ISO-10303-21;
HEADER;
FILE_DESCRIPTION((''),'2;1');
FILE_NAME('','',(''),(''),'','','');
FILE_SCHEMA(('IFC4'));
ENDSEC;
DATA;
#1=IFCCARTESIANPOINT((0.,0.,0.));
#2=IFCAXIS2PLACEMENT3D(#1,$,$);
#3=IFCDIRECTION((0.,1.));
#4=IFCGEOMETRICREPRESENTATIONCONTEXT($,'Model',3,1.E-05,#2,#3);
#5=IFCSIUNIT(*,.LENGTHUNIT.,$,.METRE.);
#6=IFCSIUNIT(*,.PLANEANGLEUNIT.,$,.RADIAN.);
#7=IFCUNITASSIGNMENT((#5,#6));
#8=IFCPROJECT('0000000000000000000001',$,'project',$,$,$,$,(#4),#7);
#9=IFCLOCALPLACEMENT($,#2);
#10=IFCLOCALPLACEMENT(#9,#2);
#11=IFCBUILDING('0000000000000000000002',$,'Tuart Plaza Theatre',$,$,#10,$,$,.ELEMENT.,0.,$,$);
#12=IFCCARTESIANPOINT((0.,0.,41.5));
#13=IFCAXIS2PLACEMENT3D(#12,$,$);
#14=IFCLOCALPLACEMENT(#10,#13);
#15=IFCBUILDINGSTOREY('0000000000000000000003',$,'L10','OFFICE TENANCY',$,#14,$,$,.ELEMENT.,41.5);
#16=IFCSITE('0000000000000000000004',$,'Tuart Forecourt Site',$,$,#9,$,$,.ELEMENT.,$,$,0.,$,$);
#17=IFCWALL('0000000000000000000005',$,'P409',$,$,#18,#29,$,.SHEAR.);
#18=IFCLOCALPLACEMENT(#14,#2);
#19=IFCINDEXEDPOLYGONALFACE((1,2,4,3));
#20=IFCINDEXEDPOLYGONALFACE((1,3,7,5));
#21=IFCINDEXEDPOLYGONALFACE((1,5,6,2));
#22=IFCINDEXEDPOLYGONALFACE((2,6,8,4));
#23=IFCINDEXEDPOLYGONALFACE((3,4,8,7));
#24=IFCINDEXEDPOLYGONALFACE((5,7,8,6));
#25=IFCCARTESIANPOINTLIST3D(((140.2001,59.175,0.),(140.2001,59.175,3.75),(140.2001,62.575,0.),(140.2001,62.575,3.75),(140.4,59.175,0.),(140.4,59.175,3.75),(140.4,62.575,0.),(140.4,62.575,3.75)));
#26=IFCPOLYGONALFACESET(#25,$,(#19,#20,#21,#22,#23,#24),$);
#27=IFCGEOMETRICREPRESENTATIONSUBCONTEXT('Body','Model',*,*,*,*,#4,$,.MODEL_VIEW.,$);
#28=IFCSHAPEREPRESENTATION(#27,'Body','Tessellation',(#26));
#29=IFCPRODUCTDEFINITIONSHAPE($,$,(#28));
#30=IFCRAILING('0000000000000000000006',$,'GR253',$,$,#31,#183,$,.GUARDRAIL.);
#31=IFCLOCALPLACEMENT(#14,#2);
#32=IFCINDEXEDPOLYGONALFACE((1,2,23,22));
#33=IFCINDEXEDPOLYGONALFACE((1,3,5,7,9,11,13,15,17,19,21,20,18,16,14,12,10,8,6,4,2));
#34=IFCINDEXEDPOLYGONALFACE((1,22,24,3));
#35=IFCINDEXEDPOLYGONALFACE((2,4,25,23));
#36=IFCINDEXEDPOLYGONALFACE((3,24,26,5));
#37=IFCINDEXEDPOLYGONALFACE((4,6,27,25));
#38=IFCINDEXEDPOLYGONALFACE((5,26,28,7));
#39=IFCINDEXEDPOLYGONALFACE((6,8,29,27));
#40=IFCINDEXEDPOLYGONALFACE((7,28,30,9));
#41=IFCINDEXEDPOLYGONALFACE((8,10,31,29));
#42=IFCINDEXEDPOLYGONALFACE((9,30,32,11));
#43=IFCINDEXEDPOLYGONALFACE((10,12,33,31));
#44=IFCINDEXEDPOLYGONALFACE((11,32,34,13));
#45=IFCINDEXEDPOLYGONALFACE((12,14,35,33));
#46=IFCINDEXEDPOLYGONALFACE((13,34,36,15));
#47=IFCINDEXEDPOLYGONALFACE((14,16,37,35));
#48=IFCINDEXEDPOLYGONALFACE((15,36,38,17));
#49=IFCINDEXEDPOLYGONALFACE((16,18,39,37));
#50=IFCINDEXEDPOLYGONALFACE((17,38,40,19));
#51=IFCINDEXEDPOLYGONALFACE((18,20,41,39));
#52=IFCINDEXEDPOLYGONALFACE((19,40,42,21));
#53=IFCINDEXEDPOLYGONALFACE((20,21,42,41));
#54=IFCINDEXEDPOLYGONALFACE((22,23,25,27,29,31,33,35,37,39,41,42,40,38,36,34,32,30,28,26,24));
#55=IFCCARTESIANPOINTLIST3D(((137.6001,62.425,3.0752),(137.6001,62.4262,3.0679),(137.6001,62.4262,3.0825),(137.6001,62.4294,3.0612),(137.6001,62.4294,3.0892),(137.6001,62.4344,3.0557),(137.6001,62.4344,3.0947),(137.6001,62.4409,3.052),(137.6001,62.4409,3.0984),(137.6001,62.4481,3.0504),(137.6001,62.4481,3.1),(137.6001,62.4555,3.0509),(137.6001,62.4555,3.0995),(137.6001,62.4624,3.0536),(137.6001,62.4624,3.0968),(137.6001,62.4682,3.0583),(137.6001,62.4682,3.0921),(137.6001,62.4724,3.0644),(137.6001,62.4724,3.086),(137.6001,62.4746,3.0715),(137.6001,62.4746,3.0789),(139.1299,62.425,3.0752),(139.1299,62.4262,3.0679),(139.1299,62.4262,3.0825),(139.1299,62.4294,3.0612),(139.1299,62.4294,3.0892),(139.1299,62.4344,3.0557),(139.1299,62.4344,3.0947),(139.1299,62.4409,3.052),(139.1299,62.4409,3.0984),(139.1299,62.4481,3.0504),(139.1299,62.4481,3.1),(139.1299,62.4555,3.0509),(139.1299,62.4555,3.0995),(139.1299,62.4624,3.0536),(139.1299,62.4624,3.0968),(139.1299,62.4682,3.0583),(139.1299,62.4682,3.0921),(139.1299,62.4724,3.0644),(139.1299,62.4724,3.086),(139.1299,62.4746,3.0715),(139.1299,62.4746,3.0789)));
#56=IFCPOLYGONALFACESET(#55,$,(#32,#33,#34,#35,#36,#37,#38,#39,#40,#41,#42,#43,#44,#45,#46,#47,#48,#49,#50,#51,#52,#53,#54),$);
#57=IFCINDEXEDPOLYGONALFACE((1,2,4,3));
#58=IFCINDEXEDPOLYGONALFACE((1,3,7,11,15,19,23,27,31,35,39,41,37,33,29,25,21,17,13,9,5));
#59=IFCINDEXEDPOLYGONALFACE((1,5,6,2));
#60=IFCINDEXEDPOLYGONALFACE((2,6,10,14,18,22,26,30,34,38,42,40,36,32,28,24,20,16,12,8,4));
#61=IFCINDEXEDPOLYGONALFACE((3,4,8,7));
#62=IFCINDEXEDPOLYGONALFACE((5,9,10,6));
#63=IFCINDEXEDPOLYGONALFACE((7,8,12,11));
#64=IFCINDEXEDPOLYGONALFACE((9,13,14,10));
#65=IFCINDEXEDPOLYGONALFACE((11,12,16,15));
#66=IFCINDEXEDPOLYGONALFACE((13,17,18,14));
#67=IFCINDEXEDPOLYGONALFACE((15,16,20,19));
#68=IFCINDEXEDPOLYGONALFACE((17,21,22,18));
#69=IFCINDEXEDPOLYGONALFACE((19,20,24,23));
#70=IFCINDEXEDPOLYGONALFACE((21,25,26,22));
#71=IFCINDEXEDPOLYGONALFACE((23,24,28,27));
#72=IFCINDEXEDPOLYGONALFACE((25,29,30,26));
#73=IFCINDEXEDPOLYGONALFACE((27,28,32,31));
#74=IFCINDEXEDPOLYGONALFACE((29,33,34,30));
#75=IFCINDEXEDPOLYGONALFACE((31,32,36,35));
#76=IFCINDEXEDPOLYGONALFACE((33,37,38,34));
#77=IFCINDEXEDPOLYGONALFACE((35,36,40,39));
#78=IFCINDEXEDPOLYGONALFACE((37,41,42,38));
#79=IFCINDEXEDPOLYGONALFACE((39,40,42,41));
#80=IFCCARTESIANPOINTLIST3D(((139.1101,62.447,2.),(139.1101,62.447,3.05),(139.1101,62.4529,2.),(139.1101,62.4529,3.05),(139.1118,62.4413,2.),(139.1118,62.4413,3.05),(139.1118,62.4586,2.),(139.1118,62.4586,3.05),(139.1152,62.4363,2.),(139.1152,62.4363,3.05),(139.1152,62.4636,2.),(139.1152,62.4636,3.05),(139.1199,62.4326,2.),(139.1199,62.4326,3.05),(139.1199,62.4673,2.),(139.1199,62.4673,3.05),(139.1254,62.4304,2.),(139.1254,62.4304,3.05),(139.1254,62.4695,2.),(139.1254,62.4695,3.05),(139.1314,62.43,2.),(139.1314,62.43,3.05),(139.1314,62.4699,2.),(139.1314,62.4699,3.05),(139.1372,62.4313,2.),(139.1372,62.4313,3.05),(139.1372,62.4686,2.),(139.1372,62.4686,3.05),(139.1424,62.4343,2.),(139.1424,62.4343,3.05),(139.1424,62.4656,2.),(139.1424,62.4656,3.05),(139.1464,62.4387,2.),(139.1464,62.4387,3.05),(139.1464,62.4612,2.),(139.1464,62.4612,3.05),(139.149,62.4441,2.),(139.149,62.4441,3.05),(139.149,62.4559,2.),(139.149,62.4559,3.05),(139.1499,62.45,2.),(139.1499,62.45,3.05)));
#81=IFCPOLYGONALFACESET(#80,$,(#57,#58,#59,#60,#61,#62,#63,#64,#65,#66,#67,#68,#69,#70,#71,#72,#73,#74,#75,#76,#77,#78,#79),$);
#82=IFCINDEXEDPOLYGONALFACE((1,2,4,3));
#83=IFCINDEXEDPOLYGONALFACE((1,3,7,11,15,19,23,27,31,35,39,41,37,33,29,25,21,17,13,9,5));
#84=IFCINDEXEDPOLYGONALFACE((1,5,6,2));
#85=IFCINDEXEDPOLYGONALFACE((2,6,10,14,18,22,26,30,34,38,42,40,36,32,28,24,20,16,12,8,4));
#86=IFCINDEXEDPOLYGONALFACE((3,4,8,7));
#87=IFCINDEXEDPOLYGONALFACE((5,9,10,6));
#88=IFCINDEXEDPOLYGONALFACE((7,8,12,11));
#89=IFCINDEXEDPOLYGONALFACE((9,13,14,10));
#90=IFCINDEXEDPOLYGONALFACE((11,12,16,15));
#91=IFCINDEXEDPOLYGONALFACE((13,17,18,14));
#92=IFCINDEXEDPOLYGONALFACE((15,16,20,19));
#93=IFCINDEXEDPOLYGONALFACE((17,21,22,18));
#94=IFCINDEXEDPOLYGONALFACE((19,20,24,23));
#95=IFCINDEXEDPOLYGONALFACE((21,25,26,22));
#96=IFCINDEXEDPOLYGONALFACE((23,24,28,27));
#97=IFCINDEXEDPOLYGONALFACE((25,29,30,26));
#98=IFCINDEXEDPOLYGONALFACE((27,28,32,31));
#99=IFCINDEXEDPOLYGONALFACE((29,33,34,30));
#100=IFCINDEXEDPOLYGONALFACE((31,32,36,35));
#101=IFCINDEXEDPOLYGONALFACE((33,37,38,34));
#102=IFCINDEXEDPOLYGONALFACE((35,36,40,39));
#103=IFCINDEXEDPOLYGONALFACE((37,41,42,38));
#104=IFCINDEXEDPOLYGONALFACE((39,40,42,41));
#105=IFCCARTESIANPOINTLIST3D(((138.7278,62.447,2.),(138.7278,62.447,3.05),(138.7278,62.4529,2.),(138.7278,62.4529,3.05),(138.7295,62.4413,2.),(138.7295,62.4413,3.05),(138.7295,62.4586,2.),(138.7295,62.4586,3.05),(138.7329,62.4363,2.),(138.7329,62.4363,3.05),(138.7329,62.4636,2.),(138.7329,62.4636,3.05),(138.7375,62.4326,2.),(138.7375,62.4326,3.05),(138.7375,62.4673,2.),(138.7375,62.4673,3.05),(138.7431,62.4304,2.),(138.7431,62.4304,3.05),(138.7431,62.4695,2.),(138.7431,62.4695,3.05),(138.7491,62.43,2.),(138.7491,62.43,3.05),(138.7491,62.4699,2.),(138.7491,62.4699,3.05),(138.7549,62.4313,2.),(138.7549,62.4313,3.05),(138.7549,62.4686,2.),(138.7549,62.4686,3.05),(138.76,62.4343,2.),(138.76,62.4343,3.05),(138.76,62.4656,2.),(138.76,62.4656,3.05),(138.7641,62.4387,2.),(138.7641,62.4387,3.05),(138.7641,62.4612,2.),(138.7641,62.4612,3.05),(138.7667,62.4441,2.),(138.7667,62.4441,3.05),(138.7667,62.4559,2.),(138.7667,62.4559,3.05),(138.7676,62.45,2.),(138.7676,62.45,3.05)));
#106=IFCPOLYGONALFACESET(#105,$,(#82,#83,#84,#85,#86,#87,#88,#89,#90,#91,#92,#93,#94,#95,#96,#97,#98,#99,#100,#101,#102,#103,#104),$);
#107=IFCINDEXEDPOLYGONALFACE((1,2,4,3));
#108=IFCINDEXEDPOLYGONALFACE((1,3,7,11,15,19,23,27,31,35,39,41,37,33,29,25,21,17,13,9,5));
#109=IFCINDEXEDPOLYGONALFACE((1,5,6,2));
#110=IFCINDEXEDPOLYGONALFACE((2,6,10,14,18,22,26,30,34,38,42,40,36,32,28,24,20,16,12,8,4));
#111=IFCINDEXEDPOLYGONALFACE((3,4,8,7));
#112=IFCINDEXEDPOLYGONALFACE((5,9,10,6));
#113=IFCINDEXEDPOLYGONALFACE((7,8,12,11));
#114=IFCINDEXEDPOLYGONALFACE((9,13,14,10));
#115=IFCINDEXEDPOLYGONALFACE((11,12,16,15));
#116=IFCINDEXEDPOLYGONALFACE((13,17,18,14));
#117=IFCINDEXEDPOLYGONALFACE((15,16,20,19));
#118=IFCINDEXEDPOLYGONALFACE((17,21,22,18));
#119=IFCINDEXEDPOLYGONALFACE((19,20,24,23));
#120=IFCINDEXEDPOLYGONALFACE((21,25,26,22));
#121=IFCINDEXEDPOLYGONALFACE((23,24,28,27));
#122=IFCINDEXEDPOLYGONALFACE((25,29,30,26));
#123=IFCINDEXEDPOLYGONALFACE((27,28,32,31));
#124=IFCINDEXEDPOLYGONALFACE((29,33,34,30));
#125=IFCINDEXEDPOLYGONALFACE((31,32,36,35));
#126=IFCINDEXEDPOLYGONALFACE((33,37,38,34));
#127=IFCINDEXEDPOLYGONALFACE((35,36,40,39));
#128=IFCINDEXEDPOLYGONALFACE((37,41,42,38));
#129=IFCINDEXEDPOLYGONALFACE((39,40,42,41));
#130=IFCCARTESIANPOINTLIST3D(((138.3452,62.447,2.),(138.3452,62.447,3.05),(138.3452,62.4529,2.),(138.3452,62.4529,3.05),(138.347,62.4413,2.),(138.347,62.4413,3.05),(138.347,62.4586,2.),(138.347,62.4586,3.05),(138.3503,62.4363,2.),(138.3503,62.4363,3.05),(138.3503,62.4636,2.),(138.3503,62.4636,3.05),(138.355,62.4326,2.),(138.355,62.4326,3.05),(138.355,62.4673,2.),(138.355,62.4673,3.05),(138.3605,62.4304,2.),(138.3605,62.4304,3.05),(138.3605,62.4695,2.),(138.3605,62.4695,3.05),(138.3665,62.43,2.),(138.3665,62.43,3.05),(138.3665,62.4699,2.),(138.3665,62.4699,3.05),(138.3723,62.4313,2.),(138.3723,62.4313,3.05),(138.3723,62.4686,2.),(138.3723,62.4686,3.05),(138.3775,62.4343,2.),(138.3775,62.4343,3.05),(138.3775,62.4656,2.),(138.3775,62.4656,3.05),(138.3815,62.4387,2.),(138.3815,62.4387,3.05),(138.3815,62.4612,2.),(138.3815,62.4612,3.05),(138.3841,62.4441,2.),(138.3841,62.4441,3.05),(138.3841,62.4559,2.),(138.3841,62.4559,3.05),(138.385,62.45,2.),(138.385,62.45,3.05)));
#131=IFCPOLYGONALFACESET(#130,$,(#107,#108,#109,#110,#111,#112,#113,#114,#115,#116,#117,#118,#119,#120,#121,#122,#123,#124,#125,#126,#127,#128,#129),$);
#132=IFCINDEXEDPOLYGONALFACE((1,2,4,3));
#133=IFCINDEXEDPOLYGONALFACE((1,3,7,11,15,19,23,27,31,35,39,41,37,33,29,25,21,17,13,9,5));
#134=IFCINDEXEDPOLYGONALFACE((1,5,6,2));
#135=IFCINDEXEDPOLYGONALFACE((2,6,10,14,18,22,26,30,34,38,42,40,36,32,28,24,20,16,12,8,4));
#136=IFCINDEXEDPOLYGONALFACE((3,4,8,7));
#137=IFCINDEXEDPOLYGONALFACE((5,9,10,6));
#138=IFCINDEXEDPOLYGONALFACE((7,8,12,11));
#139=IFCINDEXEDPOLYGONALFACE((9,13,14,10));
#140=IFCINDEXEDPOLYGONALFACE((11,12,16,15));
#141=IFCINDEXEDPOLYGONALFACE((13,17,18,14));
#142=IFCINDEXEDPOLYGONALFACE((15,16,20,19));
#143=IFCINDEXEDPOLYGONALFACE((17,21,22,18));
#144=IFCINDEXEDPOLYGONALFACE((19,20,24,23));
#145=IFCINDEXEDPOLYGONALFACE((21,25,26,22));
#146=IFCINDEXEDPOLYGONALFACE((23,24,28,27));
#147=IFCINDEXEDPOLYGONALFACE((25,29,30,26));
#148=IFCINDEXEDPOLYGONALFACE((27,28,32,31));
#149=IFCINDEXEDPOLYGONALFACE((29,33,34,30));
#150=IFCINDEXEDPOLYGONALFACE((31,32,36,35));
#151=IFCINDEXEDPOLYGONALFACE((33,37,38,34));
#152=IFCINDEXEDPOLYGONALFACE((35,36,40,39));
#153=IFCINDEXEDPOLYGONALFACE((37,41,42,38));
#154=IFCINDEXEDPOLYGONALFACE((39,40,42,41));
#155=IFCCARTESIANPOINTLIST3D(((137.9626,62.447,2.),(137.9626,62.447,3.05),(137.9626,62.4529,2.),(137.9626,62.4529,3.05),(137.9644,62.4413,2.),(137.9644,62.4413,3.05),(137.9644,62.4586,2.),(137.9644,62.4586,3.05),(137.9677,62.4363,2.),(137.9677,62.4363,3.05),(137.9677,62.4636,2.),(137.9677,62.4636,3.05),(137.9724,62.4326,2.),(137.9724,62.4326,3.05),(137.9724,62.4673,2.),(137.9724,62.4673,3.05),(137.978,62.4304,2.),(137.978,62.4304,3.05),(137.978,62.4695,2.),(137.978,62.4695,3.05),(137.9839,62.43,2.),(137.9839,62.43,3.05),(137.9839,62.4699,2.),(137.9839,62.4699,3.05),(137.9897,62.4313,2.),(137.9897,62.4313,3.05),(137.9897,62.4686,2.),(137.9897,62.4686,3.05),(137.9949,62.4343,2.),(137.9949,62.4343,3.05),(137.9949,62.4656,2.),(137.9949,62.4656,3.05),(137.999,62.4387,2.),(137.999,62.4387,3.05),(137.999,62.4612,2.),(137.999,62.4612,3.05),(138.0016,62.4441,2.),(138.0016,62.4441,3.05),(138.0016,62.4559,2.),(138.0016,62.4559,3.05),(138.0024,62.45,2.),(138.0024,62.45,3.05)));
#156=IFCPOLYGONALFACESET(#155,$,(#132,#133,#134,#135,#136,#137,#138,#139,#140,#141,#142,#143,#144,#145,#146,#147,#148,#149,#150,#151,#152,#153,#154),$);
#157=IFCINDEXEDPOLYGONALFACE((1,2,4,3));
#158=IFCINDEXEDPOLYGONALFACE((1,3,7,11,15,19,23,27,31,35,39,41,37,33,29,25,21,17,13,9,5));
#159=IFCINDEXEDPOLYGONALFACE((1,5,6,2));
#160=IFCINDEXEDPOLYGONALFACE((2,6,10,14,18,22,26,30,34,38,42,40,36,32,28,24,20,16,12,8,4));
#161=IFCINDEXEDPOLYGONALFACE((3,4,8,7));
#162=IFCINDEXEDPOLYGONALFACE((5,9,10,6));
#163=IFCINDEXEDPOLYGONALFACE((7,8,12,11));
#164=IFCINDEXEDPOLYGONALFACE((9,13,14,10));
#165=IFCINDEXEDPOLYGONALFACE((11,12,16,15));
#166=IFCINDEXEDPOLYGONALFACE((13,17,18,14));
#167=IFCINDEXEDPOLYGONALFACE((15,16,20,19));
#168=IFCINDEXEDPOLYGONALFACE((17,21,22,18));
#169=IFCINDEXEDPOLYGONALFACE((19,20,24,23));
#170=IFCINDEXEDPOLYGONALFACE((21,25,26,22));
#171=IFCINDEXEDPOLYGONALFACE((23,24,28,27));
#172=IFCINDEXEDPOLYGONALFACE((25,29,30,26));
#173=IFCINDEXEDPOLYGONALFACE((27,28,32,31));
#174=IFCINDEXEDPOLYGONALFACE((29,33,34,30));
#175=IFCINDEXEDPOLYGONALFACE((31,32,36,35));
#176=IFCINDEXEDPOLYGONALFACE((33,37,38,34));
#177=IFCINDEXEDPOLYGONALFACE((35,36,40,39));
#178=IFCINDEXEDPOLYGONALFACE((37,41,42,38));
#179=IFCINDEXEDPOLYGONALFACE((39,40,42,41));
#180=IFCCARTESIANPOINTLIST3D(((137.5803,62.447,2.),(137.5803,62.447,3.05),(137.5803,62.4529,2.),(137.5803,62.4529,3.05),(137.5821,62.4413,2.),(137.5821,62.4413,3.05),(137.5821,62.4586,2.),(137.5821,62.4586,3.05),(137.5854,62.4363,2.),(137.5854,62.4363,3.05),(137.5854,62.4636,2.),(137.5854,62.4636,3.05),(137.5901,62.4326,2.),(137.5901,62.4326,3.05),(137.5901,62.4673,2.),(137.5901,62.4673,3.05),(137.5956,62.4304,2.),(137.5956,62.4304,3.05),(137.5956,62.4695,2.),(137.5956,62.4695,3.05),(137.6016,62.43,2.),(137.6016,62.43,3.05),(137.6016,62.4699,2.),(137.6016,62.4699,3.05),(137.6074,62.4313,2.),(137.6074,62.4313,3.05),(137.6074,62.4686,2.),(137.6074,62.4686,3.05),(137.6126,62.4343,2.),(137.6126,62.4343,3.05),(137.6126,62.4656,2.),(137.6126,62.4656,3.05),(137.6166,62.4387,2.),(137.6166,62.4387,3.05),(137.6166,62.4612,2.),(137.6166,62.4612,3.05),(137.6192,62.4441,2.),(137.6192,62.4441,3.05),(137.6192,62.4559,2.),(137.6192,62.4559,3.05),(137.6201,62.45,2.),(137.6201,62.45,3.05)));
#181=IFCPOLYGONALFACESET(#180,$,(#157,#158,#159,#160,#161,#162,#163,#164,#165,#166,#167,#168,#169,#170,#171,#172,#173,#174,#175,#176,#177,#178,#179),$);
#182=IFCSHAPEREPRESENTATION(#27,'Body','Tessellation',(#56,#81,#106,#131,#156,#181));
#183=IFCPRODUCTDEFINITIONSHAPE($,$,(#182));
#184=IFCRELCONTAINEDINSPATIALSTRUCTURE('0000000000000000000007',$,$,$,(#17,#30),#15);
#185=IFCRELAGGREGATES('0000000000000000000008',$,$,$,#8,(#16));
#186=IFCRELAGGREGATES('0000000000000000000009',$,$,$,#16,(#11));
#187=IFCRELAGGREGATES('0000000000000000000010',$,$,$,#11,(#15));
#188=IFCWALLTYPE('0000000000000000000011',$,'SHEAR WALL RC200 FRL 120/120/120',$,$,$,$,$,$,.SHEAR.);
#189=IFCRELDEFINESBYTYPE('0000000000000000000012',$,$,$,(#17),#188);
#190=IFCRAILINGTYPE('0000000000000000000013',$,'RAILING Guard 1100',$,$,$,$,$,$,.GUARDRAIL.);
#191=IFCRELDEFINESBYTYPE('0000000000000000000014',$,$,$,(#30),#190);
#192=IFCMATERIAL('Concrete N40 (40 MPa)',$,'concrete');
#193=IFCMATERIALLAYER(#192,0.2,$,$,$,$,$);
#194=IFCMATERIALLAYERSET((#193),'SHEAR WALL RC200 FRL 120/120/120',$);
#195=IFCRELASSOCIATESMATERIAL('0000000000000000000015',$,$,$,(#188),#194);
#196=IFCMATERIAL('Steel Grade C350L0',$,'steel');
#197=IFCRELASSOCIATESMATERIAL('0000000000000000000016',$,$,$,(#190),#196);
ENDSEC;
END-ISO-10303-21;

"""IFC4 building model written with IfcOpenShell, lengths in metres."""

from ifc_helpers import new_model, si_unit, direction, frame, frame_2d, origin, origin_2d, place, context, subcontext, project, spatial, rectangle, circle, extrude, material, layer, layer_set, type_object, element, save


model = new_model("IFC4")

# Units and contexts
model_context = context("Model", 3, precision=1e-05, world=origin(), true_north=direction((0.0, 1.0)))
body_context = subcontext(model_context, "Body", "Model", "MODEL_VIEW")
ifc_project = project(units=[si_unit("LENGTHUNIT", "METRE"), si_unit("PLANEANGLEUNIT", "RADIAN")], contexts=[model_context])

# Site, building, storey
site_placement = place(None, origin())
site = spatial("IfcSite", under=ifc_project, at=site_placement, Name="Tuart Forecourt Site", CompositionType="ELEMENT", RefElevation=0.0)
building_placement = place(site_placement, origin())
building = spatial("IfcBuilding", under=site, at=building_placement, Name="Tuart Plaza Theatre", CompositionType="ELEMENT", ElevationOfRefHeight=0.0)
storey_placement = place(building_placement, frame((0.0, 0.0, 41.5)))
storey = spatial("IfcBuildingStorey", under=building, at=storey_placement, Name="L10", Description="OFFICE TENANCY", CompositionType="ELEMENT", Elevation=41.5)

# Wall
ifc_material_1 = material(Name="Concrete N40 (40 MPa)", Category="concrete")
ifc_layer_1 = layer(ifc_material_1, 0.2)
ifc_layer_set_1 = layer_set([ifc_layer_1], Name="SHEAR WALL RC200 FRL 120/120/120")
wall_type = type_object("IfcWallType", Name="SHEAR WALL RC200 FRL 120/120/120", PredefinedType="SHEAR", material=ifc_layer_set_1)
wall_placement = place(storey_placement, frame((140.3, 59.175, 0.0), z_axis=(0.0, 0.0, 1.0), x_axis=(0.0, 1.0, 0.0)))
element("IfcWall", 1, at=wall_placement, inside=storey, type_object=wall_type, Name="P409", PredefinedType="SHEAR", context=body_context, shape_type="SweptSolid", body=[
    extrude(rectangle(XDim=3.3999, YDim=0.2, at=frame_2d((1.7, 0.0))), origin(), (0.0, 0.0, 1.0), 3.75),
])

# Railing
ifc_material_2 = material(Name="Steel Grade C350L0", Category="steel")
railing_type = type_object("IfcRailingType", Name="RAILING Guard 1100", PredefinedType="GUARDRAIL", material=ifc_material_2)
railing_1_placement = place(storey_placement, frame((139.1299, 62.45, 2.0)))
element("IfcRailing", 2, at=railing_1_placement, inside=storey, type_object=railing_type, Name="GR253", PredefinedType="GUARDRAIL", context=body_context, shape_type="SweptSolid", body=[
    extrude(circle(Radius=0.0249, at=origin_2d()), frame((0.0, 0.0, 1.0752), z_axis=(-1.0, 0.0, 0.0), x_axis=(0.0, -1.0, 0.0)), (0.0, 0.0, 1.0), 1.5298),
    extrude(circle(Radius=0.02, at=origin_2d()), origin(), (0.0, 0.0, 1.0), 1.05),
    extrude(circle(Radius=0.02, at=origin_2d()), frame((-0.3823, 0.0, 0.0)), (0.0, 0.0, 1.0), 1.05),
    extrude(circle(Radius=0.02, at=origin_2d()), frame((-0.7649, 0.0, 0.0)), (0.0, 0.0, 1.0), 1.05),
    extrude(circle(Radius=0.02, at=origin_2d()), frame((-1.1475, 0.0, 0.0)), (0.0, 0.0, 1.0), 1.05),
    extrude(circle(Radius=0.02, at=origin_2d()), frame((-1.5298, 0.0, 0.0)), (0.0, 0.0, 1.0), 1.05),
])

save(model, "model.ifc")
